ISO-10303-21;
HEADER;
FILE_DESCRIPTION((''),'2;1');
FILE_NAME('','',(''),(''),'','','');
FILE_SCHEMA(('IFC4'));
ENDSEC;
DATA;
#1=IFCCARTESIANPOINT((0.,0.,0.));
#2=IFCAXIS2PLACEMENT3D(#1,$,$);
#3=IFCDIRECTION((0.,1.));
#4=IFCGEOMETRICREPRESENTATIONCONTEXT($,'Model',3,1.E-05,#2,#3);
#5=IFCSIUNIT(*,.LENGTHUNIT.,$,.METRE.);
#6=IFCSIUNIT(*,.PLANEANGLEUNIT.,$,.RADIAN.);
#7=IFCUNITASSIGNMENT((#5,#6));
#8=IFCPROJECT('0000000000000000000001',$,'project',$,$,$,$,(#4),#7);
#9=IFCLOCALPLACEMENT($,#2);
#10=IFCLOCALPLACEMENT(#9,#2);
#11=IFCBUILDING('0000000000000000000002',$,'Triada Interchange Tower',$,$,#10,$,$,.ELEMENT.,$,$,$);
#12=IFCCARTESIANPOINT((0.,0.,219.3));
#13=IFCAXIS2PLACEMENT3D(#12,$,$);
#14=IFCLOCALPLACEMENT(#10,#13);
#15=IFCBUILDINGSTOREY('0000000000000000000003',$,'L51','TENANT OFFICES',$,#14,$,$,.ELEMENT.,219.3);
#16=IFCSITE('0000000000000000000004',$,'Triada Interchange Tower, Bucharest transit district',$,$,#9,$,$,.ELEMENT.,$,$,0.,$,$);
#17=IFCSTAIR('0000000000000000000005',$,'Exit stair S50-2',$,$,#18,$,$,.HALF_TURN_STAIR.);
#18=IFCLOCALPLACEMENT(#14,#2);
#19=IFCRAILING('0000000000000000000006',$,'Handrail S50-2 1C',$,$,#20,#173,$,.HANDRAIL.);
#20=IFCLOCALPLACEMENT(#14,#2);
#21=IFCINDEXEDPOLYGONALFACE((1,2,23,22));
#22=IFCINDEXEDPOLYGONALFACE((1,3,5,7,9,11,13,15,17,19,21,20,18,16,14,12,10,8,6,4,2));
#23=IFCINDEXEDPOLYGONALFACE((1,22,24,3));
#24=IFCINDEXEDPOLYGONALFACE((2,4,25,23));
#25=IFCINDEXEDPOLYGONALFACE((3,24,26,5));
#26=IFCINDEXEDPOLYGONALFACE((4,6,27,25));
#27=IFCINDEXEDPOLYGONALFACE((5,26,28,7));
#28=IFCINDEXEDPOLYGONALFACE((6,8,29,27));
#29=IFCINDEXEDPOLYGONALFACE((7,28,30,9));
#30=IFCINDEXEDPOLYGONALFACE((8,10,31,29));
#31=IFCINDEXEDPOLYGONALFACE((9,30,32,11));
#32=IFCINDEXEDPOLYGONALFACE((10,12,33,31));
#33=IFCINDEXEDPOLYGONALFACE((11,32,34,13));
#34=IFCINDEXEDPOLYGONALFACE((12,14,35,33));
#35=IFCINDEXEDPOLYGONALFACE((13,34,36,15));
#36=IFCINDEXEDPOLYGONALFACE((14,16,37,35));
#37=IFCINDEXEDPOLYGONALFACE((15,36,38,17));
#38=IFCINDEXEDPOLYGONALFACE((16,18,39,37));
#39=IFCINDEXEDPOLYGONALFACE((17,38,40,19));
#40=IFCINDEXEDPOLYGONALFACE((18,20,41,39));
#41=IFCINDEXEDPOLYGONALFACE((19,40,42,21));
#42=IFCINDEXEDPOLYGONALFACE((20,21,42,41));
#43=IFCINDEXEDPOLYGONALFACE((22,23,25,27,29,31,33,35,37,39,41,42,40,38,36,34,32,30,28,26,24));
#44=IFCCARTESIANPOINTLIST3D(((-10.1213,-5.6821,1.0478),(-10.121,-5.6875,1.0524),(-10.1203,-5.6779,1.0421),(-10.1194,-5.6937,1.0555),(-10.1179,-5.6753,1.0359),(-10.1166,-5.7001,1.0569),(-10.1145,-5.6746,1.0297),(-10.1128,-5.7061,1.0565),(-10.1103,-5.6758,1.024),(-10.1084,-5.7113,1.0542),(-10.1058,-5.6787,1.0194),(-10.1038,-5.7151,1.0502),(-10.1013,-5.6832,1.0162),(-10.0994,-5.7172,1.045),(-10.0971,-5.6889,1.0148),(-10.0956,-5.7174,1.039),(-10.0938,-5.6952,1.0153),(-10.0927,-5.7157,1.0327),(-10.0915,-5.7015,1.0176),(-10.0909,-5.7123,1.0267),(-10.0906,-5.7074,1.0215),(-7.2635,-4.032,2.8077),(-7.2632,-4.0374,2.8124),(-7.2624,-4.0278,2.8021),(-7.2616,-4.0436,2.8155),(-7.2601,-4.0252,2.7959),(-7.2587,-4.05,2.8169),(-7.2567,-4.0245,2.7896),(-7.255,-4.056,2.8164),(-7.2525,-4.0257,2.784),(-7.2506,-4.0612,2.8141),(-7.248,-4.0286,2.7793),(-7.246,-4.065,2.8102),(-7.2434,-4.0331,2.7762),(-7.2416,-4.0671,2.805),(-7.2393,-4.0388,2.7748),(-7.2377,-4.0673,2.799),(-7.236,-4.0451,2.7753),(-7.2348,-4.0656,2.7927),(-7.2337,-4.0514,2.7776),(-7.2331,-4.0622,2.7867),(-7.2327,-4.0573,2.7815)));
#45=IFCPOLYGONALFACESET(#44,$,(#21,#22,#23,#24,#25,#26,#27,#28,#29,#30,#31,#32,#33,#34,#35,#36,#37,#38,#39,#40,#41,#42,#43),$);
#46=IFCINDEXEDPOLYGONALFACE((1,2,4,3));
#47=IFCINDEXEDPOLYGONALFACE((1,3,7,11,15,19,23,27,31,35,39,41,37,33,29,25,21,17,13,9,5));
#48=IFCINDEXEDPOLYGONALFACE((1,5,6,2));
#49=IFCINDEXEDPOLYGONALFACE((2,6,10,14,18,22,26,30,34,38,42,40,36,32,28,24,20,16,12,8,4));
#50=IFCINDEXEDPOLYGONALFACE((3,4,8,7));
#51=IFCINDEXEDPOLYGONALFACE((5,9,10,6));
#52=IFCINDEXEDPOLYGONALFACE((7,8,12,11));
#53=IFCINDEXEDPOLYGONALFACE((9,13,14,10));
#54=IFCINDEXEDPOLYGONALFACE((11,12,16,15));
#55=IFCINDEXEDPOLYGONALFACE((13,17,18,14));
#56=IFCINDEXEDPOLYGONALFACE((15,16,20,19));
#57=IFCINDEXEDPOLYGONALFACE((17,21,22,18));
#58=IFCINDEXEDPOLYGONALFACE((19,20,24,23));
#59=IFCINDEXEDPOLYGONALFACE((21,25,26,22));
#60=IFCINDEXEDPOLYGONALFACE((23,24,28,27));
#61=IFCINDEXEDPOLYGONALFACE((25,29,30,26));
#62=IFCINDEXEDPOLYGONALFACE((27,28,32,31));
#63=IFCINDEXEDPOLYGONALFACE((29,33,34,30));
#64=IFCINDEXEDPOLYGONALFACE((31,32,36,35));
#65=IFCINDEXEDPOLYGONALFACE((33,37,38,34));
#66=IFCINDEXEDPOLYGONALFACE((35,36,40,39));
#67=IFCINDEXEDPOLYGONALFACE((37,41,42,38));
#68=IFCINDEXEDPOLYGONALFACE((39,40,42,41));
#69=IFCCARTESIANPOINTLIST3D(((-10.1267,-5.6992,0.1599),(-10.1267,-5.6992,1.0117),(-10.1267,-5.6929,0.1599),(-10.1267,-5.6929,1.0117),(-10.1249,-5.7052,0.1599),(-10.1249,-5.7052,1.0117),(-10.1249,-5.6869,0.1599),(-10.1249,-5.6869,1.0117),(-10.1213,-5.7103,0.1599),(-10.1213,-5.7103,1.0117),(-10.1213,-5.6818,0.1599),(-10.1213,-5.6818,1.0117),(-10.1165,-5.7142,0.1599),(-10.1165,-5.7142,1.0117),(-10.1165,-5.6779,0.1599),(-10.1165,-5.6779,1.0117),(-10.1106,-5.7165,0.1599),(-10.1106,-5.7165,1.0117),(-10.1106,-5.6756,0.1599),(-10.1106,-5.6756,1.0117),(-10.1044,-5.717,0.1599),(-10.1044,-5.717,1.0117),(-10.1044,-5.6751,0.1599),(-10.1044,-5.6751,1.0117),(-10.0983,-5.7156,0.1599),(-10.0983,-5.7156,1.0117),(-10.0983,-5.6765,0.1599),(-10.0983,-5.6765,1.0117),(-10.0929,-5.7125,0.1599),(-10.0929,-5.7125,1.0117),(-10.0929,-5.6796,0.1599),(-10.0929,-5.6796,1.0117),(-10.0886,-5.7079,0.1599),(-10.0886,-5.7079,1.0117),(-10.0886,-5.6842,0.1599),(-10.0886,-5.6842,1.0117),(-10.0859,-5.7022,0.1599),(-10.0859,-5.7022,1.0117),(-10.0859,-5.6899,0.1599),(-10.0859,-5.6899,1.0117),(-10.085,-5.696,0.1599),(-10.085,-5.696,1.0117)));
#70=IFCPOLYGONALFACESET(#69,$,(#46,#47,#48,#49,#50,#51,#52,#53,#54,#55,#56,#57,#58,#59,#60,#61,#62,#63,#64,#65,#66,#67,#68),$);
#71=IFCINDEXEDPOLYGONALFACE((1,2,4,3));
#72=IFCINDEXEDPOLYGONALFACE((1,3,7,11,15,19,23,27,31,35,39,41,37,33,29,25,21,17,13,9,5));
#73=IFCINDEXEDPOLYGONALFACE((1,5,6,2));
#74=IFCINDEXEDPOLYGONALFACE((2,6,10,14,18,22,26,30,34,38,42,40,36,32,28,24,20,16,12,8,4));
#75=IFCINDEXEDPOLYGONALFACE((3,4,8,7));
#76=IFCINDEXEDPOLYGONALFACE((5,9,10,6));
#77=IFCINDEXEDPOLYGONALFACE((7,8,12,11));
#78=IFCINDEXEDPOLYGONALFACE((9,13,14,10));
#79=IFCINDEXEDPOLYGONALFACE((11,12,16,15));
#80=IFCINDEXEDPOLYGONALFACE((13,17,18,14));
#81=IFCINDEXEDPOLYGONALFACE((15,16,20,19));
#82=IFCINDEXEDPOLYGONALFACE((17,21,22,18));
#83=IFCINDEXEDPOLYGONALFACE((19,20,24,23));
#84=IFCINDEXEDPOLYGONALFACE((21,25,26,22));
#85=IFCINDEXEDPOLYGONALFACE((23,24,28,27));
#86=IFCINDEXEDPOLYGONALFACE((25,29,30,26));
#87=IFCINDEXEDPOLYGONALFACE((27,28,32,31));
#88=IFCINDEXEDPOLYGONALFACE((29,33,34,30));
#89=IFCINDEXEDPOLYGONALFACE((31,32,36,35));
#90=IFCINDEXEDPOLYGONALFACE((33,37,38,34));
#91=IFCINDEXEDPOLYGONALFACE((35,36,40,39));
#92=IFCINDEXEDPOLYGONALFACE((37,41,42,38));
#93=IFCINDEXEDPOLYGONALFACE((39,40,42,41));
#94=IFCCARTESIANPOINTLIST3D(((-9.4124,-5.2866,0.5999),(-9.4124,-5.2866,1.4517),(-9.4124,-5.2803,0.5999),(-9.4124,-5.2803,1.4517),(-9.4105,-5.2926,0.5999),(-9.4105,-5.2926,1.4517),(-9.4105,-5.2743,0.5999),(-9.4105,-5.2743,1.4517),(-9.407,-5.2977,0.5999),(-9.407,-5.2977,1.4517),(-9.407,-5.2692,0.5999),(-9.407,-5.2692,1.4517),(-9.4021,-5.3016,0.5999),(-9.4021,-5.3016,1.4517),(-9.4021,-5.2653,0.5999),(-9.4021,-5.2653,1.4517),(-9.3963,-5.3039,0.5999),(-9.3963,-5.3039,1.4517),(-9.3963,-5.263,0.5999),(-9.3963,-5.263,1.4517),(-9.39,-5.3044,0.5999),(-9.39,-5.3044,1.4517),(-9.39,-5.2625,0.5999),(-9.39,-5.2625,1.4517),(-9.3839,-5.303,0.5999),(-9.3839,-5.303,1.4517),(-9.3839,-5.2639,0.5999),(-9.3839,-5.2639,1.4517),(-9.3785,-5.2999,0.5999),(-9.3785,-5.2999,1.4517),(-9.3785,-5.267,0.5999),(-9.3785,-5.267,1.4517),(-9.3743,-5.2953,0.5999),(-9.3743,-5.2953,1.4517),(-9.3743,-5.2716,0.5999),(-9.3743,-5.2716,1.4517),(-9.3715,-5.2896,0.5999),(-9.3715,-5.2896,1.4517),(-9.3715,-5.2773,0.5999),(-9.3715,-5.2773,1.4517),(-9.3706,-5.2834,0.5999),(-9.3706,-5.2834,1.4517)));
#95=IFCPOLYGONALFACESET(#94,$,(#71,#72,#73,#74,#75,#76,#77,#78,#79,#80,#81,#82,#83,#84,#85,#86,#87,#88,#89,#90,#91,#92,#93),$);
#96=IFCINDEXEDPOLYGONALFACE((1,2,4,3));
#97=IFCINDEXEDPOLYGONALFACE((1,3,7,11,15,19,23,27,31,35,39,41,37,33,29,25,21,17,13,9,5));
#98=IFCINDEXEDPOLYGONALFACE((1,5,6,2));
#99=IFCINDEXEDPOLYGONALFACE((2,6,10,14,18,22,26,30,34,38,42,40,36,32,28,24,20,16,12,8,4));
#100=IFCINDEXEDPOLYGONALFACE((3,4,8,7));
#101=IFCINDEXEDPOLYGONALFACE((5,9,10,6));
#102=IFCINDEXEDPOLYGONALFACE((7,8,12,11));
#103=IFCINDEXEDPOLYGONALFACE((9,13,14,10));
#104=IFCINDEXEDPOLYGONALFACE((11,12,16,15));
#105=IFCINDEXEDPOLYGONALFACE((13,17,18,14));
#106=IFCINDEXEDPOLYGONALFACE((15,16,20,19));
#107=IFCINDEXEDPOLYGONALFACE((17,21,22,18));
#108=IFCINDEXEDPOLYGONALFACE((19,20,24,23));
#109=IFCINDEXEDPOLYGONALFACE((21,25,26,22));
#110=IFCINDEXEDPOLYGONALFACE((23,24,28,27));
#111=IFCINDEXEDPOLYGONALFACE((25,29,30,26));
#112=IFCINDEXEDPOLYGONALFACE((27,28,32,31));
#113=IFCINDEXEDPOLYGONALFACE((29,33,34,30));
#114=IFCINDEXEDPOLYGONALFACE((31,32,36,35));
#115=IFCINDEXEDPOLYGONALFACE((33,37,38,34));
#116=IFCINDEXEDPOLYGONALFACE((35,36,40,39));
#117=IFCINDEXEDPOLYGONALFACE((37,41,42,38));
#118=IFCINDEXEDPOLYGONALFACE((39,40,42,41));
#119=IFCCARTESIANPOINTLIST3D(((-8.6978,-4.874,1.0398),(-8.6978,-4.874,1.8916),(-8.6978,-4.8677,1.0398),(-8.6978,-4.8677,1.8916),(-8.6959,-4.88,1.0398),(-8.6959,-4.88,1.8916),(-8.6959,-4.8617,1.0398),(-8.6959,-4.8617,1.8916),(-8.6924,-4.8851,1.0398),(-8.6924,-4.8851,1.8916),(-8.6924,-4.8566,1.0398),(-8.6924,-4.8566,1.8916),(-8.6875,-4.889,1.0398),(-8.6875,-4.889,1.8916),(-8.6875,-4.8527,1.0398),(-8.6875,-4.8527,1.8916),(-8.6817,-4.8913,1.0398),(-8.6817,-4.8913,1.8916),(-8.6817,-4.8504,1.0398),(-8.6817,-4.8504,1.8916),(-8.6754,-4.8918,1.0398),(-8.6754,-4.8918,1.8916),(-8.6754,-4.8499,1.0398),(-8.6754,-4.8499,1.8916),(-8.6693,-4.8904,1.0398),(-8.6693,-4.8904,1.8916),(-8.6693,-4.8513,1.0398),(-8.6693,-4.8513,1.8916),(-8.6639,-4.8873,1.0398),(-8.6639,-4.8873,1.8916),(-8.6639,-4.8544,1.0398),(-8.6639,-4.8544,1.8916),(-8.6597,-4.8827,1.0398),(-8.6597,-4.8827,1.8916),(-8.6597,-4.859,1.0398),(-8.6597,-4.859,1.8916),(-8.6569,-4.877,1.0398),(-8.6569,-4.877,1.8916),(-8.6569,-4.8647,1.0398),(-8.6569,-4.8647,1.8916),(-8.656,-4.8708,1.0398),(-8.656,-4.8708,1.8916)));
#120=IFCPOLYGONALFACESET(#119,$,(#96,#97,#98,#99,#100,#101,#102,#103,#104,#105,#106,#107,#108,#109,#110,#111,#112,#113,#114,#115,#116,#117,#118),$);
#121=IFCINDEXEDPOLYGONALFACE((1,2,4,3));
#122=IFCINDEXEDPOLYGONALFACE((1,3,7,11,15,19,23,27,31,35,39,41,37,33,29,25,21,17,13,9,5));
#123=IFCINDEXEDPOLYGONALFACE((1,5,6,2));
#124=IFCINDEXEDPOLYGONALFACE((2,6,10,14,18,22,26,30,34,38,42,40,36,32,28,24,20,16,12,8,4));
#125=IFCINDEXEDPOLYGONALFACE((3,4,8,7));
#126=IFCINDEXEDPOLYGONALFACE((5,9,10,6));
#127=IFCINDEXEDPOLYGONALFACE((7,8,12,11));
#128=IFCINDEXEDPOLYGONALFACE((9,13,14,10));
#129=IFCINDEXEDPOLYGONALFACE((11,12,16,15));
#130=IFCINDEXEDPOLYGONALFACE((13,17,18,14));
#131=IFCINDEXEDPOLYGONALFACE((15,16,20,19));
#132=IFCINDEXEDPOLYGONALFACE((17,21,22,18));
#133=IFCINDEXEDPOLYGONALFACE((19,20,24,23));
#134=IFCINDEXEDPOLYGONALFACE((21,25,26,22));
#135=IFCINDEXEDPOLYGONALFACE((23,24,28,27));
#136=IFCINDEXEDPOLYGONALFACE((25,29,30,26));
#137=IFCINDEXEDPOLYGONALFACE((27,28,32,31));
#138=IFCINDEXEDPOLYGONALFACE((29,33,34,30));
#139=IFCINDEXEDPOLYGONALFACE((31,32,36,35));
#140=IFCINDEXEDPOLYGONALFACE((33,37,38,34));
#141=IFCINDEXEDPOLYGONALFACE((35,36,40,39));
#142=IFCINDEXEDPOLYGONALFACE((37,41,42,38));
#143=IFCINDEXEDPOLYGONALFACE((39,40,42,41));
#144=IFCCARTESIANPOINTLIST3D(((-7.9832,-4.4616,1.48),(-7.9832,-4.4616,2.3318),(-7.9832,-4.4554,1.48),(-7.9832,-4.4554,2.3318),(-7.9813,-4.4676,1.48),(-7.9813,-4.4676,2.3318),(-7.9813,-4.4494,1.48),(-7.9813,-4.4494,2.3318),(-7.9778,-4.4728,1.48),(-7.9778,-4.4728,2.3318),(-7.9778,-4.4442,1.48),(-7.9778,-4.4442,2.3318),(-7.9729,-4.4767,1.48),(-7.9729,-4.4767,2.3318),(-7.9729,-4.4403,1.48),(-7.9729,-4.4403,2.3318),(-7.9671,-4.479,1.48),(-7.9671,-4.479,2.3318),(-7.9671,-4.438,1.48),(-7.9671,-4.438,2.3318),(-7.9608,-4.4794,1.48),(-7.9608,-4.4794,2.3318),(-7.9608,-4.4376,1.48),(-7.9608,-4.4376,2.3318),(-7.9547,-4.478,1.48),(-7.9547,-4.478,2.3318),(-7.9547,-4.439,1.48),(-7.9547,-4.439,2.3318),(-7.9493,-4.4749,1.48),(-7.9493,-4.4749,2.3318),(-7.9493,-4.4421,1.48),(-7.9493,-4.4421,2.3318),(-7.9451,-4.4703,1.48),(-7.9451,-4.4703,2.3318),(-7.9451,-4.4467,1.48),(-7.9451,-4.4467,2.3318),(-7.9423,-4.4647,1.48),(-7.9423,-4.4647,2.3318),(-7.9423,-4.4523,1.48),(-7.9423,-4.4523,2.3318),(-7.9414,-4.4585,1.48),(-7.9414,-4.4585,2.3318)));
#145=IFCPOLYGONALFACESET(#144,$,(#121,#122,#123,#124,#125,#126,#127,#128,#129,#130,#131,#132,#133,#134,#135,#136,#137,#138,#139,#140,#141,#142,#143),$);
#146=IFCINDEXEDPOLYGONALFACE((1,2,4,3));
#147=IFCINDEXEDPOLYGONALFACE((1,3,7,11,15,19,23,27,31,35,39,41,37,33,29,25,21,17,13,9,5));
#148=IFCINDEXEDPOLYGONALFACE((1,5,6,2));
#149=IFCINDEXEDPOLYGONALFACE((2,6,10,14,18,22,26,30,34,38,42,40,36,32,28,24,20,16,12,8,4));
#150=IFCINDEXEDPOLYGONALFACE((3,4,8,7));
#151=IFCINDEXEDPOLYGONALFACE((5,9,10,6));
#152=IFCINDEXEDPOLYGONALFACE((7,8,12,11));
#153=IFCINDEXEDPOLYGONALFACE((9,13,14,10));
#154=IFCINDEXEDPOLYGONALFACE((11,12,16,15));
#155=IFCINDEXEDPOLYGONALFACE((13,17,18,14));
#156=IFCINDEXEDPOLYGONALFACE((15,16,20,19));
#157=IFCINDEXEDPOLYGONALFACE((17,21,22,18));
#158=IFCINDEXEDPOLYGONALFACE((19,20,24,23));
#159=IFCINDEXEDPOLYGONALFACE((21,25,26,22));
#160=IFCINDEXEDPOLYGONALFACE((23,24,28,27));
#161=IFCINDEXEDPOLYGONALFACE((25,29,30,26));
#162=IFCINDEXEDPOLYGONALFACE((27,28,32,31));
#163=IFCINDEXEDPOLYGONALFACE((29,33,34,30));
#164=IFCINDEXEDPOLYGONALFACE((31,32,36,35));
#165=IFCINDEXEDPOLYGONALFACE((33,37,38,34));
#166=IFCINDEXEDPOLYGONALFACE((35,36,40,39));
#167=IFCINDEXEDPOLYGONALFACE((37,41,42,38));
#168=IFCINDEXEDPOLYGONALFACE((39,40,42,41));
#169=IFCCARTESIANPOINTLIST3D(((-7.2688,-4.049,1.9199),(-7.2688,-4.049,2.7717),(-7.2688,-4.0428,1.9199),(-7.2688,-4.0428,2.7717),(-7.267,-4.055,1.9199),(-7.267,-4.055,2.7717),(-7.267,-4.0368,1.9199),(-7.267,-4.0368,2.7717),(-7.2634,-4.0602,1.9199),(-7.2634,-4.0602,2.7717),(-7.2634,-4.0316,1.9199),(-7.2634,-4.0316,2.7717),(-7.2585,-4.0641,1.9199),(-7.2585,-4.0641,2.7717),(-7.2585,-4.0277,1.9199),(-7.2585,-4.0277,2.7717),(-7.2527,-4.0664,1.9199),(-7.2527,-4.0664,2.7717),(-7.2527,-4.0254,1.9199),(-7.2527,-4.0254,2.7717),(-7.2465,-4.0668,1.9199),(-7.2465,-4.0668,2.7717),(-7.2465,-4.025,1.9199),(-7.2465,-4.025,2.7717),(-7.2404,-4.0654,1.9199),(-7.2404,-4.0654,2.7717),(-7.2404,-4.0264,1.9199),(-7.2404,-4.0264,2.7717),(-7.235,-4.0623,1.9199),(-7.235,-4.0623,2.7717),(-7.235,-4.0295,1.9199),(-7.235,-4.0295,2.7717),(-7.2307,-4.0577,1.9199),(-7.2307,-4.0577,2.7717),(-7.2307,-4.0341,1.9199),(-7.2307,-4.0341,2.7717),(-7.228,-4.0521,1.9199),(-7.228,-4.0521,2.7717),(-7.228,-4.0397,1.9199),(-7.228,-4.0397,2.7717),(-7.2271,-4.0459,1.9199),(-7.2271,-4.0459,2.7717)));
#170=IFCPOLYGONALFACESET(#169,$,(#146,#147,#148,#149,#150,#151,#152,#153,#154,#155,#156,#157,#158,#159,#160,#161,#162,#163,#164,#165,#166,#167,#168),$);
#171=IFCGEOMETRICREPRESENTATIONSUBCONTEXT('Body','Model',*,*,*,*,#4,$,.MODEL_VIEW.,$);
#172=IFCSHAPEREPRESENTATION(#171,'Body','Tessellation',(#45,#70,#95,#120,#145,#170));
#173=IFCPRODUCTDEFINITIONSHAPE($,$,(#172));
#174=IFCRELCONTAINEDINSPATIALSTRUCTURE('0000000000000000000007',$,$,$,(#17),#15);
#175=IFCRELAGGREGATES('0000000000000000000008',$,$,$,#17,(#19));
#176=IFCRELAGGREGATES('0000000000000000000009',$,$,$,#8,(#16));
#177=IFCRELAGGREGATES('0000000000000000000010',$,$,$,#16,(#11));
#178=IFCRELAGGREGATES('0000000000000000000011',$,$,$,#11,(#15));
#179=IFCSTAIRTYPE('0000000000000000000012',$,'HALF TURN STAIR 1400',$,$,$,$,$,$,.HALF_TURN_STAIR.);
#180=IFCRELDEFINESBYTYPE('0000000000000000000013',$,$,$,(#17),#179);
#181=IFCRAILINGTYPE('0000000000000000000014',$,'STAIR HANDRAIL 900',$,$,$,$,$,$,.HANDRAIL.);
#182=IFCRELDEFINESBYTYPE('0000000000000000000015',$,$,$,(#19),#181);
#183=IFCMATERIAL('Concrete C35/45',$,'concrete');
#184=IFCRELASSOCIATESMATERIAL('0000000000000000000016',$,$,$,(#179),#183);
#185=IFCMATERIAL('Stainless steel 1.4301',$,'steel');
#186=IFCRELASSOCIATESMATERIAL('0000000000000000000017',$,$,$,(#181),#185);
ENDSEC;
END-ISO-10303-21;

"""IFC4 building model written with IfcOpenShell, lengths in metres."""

from ifc_helpers import new_model, si_unit, direction, frame, origin, origin_2d, place, context, subcontext, project, spatial, circle, extrude, material, type_object, element, aggregate, save


model = new_model("IFC4")

# Units and contexts
model_context = context("Model", 3, precision=1e-05, world=origin(), true_north=direction((0.0, 1.0)))
body_context = subcontext(model_context, "Body", "Model", "MODEL_VIEW")
ifc_project = project(units=[si_unit("LENGTHUNIT", "METRE"), si_unit("PLANEANGLEUNIT", "RADIAN")], contexts=[model_context])

# Site, building, storey
site_placement = place(None, origin())
site = spatial("IfcSite", under=ifc_project, at=site_placement, Name="Triada Interchange Tower, Bucharest transit district", CompositionType="ELEMENT", RefElevation=0.0)
building_placement = place(site_placement, origin())
building = spatial("IfcBuilding", under=site, at=building_placement, Name="Triada Interchange Tower", CompositionType="ELEMENT")
storey_placement = place(building_placement, frame((0.0, 0.0, 219.3)))
storey = spatial("IfcBuildingStorey", under=building, at=storey_placement, Name="L51", Description="TENANT OFFICES", CompositionType="ELEMENT", Elevation=219.3)

# Stair, railing
ifc_material_1 = material(Name="Concrete C35/45", Category="concrete")
stair_type = type_object("IfcStairType", Name="HALF TURN STAIR 1400", PredefinedType="HALF_TURN_STAIR", material=ifc_material_1)
stair_placement = place(storey_placement, origin())
stair = element("IfcStair", 1, at=stair_placement, inside=storey, type_object=stair_type, Name="Exit stair S50-2", PredefinedType="HALF_TURN_STAIR")
ifc_material_2 = material(Name="Stainless steel 1.4301", Category="steel")
railing_type = type_object("IfcRailingType", Name="STAIR HANDRAIL 900", PredefinedType="HANDRAIL", material=ifc_material_2)
railing_1_placement = place(storey_placement, frame((-10.106, -5.696, 0.1599)))
railing_1 = element("IfcRailing", 2, at=railing_1_placement, type_object=railing_type, Name="Handrail S50-2 1C", PredefinedType="HANDRAIL", context=body_context, shape_type="SweptSolid", body=[
    extrude(circle(Radius=0.0239, at=origin_2d()), frame((0.0, 0.0, 0.876), z_axis=(0.764129, 0.441205, 0.47058), x_axis=(-0.50003, 0.866008, 0.0)), (0.0, 0.0, 1.0), 3.74),
    extrude(circle(Radius=0.021, at=origin_2d()), origin(), (0.0, 0.0, 1.0), 0.8518),
    extrude(circle(Radius=0.021, at=origin_2d()), frame((0.7144, 0.4126, 0.4399)), (0.0, 0.0, 1.0), 0.8518),
    extrude(circle(Radius=0.021, at=origin_2d()), frame((1.429, 0.8252, 0.8799)), (0.0, 0.0, 1.0), 0.8518),
    extrude(circle(Radius=0.021, at=origin_2d()), frame((2.1436, 1.2375, 1.3201)), (0.0, 0.0, 1.0), 0.8518),
    extrude(circle(Radius=0.021, at=origin_2d()), frame((2.8579, 1.6501, 1.76)), (0.0, 0.0, 1.0), 0.8518),
])
aggregate(stair, [railing_1])

save(model, "model.ifc")
